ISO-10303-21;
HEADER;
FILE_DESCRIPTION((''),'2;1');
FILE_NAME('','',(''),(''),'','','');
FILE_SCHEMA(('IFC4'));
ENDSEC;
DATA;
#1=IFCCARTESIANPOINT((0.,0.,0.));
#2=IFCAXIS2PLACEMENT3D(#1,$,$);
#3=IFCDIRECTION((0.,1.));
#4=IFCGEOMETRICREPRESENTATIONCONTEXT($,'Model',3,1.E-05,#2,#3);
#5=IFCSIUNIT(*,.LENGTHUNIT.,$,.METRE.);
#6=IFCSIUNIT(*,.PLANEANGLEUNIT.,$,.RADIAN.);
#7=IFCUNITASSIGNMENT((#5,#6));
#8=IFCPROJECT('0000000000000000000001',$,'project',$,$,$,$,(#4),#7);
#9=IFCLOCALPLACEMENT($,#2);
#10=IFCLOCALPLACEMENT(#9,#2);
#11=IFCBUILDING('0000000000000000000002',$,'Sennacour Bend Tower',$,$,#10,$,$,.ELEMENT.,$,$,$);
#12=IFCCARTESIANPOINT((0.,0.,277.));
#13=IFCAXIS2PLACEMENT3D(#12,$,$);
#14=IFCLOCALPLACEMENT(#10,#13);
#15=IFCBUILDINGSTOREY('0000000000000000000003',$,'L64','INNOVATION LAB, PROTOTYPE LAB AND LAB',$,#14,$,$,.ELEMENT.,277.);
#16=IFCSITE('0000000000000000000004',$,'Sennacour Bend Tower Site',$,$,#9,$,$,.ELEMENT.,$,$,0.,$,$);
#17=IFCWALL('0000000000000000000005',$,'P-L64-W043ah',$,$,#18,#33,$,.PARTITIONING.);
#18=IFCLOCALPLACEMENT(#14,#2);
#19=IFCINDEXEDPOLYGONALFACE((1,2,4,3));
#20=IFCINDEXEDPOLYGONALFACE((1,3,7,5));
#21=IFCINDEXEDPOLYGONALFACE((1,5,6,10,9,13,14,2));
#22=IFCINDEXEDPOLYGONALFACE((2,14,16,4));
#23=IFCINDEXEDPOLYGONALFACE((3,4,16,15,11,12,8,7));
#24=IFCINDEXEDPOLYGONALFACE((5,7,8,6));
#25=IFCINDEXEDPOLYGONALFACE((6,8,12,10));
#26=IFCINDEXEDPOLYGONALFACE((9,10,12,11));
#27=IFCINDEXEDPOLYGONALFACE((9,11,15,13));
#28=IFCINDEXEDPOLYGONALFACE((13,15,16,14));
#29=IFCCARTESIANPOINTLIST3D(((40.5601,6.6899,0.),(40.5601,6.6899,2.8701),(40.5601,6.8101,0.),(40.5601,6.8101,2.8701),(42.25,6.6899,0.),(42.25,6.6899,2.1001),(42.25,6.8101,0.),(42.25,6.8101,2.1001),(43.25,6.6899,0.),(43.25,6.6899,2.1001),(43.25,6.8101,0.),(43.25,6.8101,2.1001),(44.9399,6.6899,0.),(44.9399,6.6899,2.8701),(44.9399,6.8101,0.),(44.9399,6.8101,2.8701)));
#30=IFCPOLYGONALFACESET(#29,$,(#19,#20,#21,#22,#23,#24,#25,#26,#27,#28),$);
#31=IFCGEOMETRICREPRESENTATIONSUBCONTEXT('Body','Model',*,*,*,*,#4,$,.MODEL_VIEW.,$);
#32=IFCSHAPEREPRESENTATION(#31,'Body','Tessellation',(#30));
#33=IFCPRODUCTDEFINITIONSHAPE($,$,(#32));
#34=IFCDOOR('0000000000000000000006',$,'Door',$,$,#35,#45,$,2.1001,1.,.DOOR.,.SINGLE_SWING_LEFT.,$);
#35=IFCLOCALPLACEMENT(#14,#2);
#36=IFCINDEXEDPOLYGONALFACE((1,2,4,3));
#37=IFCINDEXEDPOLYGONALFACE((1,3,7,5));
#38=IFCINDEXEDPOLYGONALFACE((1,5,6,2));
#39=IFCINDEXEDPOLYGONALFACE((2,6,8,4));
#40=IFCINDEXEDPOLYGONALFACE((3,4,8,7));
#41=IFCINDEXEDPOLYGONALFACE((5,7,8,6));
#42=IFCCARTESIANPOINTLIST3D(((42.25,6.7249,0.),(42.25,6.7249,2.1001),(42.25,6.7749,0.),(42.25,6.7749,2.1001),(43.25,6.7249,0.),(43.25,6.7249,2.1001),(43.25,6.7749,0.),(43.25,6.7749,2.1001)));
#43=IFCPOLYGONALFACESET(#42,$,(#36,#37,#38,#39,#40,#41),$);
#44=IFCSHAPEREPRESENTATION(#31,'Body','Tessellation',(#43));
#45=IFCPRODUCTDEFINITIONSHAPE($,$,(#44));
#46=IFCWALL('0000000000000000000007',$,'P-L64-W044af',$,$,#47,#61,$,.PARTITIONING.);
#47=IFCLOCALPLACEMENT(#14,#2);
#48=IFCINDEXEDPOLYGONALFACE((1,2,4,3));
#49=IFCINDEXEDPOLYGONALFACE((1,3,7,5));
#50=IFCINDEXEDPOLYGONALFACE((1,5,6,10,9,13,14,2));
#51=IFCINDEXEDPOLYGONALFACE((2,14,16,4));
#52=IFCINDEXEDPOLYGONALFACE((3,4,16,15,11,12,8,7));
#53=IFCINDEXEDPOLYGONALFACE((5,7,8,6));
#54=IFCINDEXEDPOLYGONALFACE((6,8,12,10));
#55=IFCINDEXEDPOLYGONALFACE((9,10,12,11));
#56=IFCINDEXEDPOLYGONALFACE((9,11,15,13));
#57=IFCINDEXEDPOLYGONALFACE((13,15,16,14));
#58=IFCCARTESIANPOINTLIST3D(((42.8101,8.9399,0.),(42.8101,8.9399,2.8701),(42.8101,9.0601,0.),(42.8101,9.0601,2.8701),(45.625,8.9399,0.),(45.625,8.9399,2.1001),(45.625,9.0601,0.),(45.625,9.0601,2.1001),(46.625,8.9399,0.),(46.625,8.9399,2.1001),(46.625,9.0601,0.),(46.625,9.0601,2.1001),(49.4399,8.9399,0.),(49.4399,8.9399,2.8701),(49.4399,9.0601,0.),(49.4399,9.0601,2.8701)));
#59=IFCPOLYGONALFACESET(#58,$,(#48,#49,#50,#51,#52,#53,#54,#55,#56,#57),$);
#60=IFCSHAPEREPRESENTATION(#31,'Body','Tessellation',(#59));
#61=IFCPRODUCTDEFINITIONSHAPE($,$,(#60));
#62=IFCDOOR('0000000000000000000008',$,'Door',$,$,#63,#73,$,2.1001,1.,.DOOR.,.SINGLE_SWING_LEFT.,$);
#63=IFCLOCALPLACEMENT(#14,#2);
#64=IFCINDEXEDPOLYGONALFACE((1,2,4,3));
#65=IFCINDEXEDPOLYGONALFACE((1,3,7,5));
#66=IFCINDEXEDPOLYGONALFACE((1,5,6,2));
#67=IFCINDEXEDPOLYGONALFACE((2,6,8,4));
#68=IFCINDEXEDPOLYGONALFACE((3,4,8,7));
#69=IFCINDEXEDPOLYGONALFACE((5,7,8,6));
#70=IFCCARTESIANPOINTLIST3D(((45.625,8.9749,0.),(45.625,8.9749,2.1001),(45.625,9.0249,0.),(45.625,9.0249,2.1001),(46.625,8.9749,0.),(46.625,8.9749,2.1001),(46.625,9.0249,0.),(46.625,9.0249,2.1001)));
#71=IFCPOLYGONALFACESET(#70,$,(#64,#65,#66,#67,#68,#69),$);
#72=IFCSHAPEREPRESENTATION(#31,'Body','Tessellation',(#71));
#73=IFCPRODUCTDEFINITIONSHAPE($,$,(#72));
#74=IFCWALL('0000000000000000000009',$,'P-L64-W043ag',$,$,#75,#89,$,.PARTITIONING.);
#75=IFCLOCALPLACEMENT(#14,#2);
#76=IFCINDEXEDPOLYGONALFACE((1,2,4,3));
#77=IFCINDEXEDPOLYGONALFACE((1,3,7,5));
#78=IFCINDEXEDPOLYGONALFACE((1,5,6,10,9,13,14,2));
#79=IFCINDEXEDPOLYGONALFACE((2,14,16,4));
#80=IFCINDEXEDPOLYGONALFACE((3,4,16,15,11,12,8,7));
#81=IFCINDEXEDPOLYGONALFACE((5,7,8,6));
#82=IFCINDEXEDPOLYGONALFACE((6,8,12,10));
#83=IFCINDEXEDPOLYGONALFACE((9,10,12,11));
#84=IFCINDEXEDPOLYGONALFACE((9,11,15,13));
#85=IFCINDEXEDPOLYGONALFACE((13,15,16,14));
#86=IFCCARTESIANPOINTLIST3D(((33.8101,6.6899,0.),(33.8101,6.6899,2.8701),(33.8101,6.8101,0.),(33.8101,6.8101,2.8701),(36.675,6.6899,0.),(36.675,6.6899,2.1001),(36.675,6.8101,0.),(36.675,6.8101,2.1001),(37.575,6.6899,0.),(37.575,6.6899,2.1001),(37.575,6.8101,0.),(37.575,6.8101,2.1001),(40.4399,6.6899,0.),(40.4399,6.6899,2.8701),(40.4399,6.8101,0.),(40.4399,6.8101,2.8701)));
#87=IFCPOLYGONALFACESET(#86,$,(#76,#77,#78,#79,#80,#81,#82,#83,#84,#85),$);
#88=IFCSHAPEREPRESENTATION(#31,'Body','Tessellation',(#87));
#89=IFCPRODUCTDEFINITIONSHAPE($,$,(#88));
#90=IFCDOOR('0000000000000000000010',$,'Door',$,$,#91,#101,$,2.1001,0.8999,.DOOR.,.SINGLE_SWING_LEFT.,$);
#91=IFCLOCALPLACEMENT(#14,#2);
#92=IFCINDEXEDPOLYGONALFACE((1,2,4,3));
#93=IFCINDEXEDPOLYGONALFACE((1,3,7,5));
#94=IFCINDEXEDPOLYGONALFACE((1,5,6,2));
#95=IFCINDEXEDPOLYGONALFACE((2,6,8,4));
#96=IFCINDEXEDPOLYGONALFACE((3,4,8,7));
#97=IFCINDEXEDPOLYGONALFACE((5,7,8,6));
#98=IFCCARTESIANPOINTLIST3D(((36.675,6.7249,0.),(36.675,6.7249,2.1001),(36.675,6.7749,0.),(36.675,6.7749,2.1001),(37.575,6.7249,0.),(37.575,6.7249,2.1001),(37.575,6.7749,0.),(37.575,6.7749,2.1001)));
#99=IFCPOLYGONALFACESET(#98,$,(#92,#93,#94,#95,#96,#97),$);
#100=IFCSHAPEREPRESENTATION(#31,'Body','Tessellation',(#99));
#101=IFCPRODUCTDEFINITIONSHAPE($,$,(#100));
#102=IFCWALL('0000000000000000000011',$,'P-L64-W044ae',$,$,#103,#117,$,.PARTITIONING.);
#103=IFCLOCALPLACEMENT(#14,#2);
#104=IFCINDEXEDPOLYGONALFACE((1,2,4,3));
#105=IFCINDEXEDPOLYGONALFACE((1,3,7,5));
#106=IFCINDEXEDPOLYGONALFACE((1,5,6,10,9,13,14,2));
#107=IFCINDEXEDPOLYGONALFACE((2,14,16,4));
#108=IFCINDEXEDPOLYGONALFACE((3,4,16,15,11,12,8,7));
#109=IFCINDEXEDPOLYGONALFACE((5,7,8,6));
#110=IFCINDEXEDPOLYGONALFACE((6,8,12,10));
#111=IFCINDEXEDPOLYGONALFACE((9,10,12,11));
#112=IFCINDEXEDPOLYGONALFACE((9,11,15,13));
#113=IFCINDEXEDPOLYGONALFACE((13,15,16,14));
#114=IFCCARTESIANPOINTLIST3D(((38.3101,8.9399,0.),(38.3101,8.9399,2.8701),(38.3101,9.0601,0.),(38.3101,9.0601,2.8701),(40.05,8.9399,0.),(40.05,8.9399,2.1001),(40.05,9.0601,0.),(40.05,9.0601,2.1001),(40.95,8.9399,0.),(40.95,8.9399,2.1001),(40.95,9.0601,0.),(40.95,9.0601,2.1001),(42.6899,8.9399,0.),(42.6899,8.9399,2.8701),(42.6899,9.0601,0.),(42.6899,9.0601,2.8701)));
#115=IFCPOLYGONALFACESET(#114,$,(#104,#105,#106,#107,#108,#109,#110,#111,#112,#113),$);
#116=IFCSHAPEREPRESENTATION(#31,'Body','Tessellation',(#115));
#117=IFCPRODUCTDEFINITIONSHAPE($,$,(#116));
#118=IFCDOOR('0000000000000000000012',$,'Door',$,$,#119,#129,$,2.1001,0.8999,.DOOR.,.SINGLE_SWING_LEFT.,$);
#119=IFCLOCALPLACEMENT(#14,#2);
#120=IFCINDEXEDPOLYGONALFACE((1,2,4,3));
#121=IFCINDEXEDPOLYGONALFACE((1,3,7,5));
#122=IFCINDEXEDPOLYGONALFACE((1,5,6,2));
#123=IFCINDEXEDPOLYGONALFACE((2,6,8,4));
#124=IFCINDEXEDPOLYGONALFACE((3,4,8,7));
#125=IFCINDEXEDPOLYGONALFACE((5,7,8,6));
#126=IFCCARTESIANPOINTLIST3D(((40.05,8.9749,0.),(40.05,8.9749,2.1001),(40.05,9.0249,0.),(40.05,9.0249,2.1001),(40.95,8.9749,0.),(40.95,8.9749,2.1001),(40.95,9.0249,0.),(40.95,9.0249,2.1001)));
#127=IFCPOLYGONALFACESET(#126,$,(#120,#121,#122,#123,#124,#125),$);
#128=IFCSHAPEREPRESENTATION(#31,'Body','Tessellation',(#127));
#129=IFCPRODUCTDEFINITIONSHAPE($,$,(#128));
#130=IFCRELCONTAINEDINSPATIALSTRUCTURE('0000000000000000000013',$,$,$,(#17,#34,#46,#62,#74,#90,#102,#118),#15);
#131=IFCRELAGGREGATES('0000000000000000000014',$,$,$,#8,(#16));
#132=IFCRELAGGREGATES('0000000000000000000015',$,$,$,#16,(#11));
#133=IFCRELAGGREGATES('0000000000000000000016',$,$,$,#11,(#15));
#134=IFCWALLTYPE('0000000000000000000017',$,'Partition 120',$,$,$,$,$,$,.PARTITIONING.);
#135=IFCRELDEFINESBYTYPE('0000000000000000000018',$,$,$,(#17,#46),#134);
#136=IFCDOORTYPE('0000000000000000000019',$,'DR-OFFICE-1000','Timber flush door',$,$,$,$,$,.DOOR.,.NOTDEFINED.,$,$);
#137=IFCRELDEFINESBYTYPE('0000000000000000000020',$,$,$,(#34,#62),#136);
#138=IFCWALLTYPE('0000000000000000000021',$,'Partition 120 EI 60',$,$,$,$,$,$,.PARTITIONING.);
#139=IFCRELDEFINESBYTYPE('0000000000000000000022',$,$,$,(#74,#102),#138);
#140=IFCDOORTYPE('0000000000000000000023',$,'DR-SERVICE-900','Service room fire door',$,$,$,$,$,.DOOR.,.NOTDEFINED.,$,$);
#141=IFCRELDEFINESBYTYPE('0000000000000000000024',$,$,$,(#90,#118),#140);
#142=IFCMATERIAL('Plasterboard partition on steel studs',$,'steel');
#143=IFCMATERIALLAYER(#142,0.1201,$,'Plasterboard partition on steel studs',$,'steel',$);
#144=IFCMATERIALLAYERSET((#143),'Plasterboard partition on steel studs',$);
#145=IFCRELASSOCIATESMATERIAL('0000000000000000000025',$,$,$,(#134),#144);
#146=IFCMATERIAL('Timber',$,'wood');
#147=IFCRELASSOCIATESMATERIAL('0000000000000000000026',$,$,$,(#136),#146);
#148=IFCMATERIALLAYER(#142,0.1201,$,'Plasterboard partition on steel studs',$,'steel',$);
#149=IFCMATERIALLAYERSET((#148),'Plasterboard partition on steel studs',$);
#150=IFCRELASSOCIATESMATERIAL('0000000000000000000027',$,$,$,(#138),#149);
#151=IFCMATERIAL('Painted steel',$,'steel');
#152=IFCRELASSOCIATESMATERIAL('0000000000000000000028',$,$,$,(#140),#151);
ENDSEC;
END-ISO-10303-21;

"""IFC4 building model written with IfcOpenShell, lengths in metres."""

from ifc_helpers import new_model, si_unit, direction, frame, frame_2d, origin, place, context, subcontext, project, spatial, rectangle, extrude, material, layer, layer_set, type_object, element, fill, save


model = new_model("IFC4")

# Units and contexts
model_context = context("Model", 3, precision=1e-05, world=origin(), true_north=direction((0.0, 1.0)))
body_context = subcontext(model_context, "Body", "Model", "MODEL_VIEW")
ifc_project = project(units=[si_unit("LENGTHUNIT", "METRE"), si_unit("PLANEANGLEUNIT", "RADIAN")], contexts=[model_context])

# Site, building, storey
site_placement = place(None, origin())
site = spatial("IfcSite", under=ifc_project, at=site_placement, Name="Sennacour Bend Tower Site", CompositionType="ELEMENT", RefElevation=0.0)
building_placement = place(site_placement, origin())
building = spatial("IfcBuilding", under=site, at=building_placement, Name="Sennacour Bend Tower", CompositionType="ELEMENT")
storey_placement = place(building_placement, frame((0.0, 0.0, 277.0)))
storey = spatial("IfcBuildingStorey", under=building, at=storey_placement, Name="L64", Description="INNOVATION LAB, PROTOTYPE LAB AND LAB", CompositionType="ELEMENT", Elevation=277.0)

# Shared definitions
ifc_material_1 = material(Name="Plasterboard partition on steel studs", Category="steel")
ifc_layer_1 = layer(ifc_material_1, 0.1201, Name="Plasterboard partition on steel studs", Category="steel")
ifc_layer_set_1 = layer_set([ifc_layer_1], Name="Plasterboard partition on steel studs")
wall_type_1 = type_object("IfcWallType", Name="Partition 120", PredefinedType="PARTITIONING", material=ifc_layer_set_1)

# Walls, openings, doors
wall_1_placement = place(storey_placement, frame((40.5601, 6.75, 0.0), z_axis=(0.0, 0.0, 1.0), x_axis=(1.0, 0.0, 0.0)))
wall_1 = element("IfcWall", 1, at=wall_1_placement, inside=storey, type_object=wall_type_1, Name="P-L64-W043ah", PredefinedType="PARTITIONING", context=body_context, shape_type="SweptSolid", body=[
    extrude(rectangle(XDim=4.3799, YDim=0.1201, at=frame_2d((2.1899, 0.0))), origin(), (0.0, 0.0, 1.0), 2.8701),
])
opening_1_placement = place(wall_1_placement, frame((1.6899, 0.0, 0.0)))
opening_1 = element("IfcOpeningElement", 2, at=opening_1_placement, cuts=wall_1, PredefinedType="OPENING", context=body_context, shape_type="SweptSolid", body=[
    extrude(rectangle(XDim=1.0, YDim=2.1001, at=frame_2d((0.5, 1.05))), frame((0.0, 0.0701, 0.0), z_axis=(0.0, -1.0, 0.0), x_axis=(1.0, 0.0, 0.0)), (0.0, 0.0, 1.0), 0.1401),
])
ifc_material_2 = material(Name="Timber", Category="wood")
door_type_1 = type_object("IfcDoorType", Name="DR-OFFICE-1000", Description="Timber flush door", OperationType="NOTDEFINED", PredefinedType="DOOR", material=ifc_material_2)
door_1_placement = place(opening_1_placement, origin())
door_1 = element("IfcDoor", 3, at=door_1_placement, inside=storey, type_object=door_type_1, Name="Door", OperationType="SINGLE_SWING_LEFT", OverallHeight=2.1001, OverallWidth=1.0, PredefinedType="DOOR", context=body_context, shape_type="SweptSolid", body=[
    extrude(rectangle(XDim=1.0, YDim=2.1001, at=frame_2d((0.5, 1.05))), frame((0.0, 0.0249, 0.0), z_axis=(0.0, -1.0, 0.0), x_axis=(1.0, 0.0, 0.0)), (0.0, 0.0, 1.0), 0.05),
])
fill(opening_1, door_1)
wall_2_placement = place(storey_placement, frame((42.8101, 9.0, 0.0), z_axis=(0.0, 0.0, 1.0), x_axis=(1.0, 0.0, 0.0)))
wall_2 = element("IfcWall", 4, at=wall_2_placement, inside=storey, type_object=wall_type_1, Name="P-L64-W044af", PredefinedType="PARTITIONING", context=body_context, shape_type="SweptSolid", body=[
    extrude(rectangle(XDim=6.6299, YDim=0.1201, at=frame_2d((3.3149, 0.0))), origin(), (0.0, 0.0, 1.0), 2.8701),
])
opening_2_placement = place(wall_2_placement, frame((2.8149, 0.0, 0.0)))
opening_2 = element("IfcOpeningElement", 5, at=opening_2_placement, cuts=wall_2, PredefinedType="OPENING", context=body_context, shape_type="SweptSolid", body=[
    extrude(rectangle(XDim=1.0, YDim=2.1001, at=frame_2d((0.5, 1.05))), frame((0.0, 0.0701, 0.0), z_axis=(0.0, -1.0, 0.0), x_axis=(1.0, 0.0, 0.0)), (0.0, 0.0, 1.0), 0.1401),
])
door_2_placement = place(opening_2_placement, origin())
door_2 = element("IfcDoor", 6, at=door_2_placement, inside=storey, type_object=door_type_1, Name="Door", OperationType="SINGLE_SWING_LEFT", OverallHeight=2.1001, OverallWidth=1.0, PredefinedType="DOOR", context=body_context, shape_type="SweptSolid", body=[
    extrude(rectangle(XDim=1.0, YDim=2.1001, at=frame_2d((0.5, 1.05))), frame((0.0, 0.0249, 0.0), z_axis=(0.0, -1.0, 0.0), x_axis=(1.0, 0.0, 0.0)), (0.0, 0.0, 1.0), 0.05),
])
fill(opening_2, door_2)
ifc_layer_2 = layer(ifc_material_1, 0.1201, Name="Plasterboard partition on steel studs", Category="steel")
ifc_layer_set_2 = layer_set([ifc_layer_2], Name="Plasterboard partition on steel studs")
wall_type_2 = type_object("IfcWallType", Name="Partition 120 EI 60", PredefinedType="PARTITIONING", material=ifc_layer_set_2)
wall_3_placement = place(storey_placement, frame((33.8101, 6.75, 0.0), z_axis=(0.0, 0.0, 1.0), x_axis=(1.0, 0.0, 0.0)))
wall_3 = element("IfcWall", 7, at=wall_3_placement, inside=storey, type_object=wall_type_2, Name="P-L64-W043ag", PredefinedType="PARTITIONING", context=body_context, shape_type="SweptSolid", body=[
    extrude(rectangle(XDim=6.6299, YDim=0.1201, at=frame_2d((3.3149, 0.0))), origin(), (0.0, 0.0, 1.0), 2.8701),
])
opening_3_placement = place(wall_3_placement, frame((2.865, 0.0, 0.0)))
opening_3 = element("IfcOpeningElement", 8, at=opening_3_placement, cuts=wall_3, PredefinedType="OPENING", context=body_context, shape_type="SweptSolid", body=[
    extrude(rectangle(XDim=0.8999, YDim=2.1001, at=frame_2d((0.45, 1.05))), frame((0.0, 0.0701, 0.0), z_axis=(0.0, -1.0, 0.0), x_axis=(1.0, 0.0, 0.0)), (0.0, 0.0, 1.0), 0.1401),
])
ifc_material_3 = material(Name="Painted steel", Category="steel")
door_type_2 = type_object("IfcDoorType", Name="DR-SERVICE-900", Description="Service room fire door", OperationType="NOTDEFINED", PredefinedType="DOOR", material=ifc_material_3)
door_3_placement = place(opening_3_placement, origin())
door_3 = element("IfcDoor", 9, at=door_3_placement, inside=storey, type_object=door_type_2, Name="Door", OperationType="SINGLE_SWING_LEFT", OverallHeight=2.1001, OverallWidth=0.8999, PredefinedType="DOOR", context=body_context, shape_type="SweptSolid", body=[
    extrude(rectangle(XDim=0.8999, YDim=2.1001, at=frame_2d((0.45, 1.05))), frame((0.0, 0.0249, 0.0), z_axis=(0.0, -1.0, 0.0), x_axis=(1.0, 0.0, 0.0)), (0.0, 0.0, 1.0), 0.05),
])
fill(opening_3, door_3)
wall_4_placement = place(storey_placement, frame((38.3101, 9.0, 0.0), z_axis=(0.0, 0.0, 1.0), x_axis=(1.0, 0.0, 0.0)))
wall_4 = element("IfcWall", 10, at=wall_4_placement, inside=storey, type_object=wall_type_2, Name="P-L64-W044ae", PredefinedType="PARTITIONING", context=body_context, shape_type="SweptSolid", body=[
    extrude(rectangle(XDim=4.3799, YDim=0.1201, at=frame_2d((2.1899, 0.0))), origin(), (0.0, 0.0, 1.0), 2.8701),
])
opening_4_placement = place(wall_4_placement, frame((1.74, 0.0, 0.0)))
opening_4 = element("IfcOpeningElement", 11, at=opening_4_placement, cuts=wall_4, PredefinedType="OPENING", context=body_context, shape_type="SweptSolid", body=[
    extrude(rectangle(XDim=0.8999, YDim=2.1001, at=frame_2d((0.45, 1.05))), frame((0.0, 0.0701, 0.0), z_axis=(0.0, -1.0, 0.0), x_axis=(1.0, 0.0, 0.0)), (0.0, 0.0, 1.0), 0.1401),
])
door_4_placement = place(opening_4_placement, origin())
door_4 = element("IfcDoor", 12, at=door_4_placement, inside=storey, type_object=door_type_2, Name="Door", OperationType="SINGLE_SWING_LEFT", OverallHeight=2.1001, OverallWidth=0.8999, PredefinedType="DOOR", context=body_context, shape_type="SweptSolid", body=[
    extrude(rectangle(XDim=0.8999, YDim=2.1001, at=frame_2d((0.45, 1.05))), frame((0.0, 0.0249, 0.0), z_axis=(0.0, -1.0, 0.0), x_axis=(1.0, 0.0, 0.0)), (0.0, 0.0, 1.0), 0.05),
])
fill(opening_4, door_4)

save(model, "model.ifc")
